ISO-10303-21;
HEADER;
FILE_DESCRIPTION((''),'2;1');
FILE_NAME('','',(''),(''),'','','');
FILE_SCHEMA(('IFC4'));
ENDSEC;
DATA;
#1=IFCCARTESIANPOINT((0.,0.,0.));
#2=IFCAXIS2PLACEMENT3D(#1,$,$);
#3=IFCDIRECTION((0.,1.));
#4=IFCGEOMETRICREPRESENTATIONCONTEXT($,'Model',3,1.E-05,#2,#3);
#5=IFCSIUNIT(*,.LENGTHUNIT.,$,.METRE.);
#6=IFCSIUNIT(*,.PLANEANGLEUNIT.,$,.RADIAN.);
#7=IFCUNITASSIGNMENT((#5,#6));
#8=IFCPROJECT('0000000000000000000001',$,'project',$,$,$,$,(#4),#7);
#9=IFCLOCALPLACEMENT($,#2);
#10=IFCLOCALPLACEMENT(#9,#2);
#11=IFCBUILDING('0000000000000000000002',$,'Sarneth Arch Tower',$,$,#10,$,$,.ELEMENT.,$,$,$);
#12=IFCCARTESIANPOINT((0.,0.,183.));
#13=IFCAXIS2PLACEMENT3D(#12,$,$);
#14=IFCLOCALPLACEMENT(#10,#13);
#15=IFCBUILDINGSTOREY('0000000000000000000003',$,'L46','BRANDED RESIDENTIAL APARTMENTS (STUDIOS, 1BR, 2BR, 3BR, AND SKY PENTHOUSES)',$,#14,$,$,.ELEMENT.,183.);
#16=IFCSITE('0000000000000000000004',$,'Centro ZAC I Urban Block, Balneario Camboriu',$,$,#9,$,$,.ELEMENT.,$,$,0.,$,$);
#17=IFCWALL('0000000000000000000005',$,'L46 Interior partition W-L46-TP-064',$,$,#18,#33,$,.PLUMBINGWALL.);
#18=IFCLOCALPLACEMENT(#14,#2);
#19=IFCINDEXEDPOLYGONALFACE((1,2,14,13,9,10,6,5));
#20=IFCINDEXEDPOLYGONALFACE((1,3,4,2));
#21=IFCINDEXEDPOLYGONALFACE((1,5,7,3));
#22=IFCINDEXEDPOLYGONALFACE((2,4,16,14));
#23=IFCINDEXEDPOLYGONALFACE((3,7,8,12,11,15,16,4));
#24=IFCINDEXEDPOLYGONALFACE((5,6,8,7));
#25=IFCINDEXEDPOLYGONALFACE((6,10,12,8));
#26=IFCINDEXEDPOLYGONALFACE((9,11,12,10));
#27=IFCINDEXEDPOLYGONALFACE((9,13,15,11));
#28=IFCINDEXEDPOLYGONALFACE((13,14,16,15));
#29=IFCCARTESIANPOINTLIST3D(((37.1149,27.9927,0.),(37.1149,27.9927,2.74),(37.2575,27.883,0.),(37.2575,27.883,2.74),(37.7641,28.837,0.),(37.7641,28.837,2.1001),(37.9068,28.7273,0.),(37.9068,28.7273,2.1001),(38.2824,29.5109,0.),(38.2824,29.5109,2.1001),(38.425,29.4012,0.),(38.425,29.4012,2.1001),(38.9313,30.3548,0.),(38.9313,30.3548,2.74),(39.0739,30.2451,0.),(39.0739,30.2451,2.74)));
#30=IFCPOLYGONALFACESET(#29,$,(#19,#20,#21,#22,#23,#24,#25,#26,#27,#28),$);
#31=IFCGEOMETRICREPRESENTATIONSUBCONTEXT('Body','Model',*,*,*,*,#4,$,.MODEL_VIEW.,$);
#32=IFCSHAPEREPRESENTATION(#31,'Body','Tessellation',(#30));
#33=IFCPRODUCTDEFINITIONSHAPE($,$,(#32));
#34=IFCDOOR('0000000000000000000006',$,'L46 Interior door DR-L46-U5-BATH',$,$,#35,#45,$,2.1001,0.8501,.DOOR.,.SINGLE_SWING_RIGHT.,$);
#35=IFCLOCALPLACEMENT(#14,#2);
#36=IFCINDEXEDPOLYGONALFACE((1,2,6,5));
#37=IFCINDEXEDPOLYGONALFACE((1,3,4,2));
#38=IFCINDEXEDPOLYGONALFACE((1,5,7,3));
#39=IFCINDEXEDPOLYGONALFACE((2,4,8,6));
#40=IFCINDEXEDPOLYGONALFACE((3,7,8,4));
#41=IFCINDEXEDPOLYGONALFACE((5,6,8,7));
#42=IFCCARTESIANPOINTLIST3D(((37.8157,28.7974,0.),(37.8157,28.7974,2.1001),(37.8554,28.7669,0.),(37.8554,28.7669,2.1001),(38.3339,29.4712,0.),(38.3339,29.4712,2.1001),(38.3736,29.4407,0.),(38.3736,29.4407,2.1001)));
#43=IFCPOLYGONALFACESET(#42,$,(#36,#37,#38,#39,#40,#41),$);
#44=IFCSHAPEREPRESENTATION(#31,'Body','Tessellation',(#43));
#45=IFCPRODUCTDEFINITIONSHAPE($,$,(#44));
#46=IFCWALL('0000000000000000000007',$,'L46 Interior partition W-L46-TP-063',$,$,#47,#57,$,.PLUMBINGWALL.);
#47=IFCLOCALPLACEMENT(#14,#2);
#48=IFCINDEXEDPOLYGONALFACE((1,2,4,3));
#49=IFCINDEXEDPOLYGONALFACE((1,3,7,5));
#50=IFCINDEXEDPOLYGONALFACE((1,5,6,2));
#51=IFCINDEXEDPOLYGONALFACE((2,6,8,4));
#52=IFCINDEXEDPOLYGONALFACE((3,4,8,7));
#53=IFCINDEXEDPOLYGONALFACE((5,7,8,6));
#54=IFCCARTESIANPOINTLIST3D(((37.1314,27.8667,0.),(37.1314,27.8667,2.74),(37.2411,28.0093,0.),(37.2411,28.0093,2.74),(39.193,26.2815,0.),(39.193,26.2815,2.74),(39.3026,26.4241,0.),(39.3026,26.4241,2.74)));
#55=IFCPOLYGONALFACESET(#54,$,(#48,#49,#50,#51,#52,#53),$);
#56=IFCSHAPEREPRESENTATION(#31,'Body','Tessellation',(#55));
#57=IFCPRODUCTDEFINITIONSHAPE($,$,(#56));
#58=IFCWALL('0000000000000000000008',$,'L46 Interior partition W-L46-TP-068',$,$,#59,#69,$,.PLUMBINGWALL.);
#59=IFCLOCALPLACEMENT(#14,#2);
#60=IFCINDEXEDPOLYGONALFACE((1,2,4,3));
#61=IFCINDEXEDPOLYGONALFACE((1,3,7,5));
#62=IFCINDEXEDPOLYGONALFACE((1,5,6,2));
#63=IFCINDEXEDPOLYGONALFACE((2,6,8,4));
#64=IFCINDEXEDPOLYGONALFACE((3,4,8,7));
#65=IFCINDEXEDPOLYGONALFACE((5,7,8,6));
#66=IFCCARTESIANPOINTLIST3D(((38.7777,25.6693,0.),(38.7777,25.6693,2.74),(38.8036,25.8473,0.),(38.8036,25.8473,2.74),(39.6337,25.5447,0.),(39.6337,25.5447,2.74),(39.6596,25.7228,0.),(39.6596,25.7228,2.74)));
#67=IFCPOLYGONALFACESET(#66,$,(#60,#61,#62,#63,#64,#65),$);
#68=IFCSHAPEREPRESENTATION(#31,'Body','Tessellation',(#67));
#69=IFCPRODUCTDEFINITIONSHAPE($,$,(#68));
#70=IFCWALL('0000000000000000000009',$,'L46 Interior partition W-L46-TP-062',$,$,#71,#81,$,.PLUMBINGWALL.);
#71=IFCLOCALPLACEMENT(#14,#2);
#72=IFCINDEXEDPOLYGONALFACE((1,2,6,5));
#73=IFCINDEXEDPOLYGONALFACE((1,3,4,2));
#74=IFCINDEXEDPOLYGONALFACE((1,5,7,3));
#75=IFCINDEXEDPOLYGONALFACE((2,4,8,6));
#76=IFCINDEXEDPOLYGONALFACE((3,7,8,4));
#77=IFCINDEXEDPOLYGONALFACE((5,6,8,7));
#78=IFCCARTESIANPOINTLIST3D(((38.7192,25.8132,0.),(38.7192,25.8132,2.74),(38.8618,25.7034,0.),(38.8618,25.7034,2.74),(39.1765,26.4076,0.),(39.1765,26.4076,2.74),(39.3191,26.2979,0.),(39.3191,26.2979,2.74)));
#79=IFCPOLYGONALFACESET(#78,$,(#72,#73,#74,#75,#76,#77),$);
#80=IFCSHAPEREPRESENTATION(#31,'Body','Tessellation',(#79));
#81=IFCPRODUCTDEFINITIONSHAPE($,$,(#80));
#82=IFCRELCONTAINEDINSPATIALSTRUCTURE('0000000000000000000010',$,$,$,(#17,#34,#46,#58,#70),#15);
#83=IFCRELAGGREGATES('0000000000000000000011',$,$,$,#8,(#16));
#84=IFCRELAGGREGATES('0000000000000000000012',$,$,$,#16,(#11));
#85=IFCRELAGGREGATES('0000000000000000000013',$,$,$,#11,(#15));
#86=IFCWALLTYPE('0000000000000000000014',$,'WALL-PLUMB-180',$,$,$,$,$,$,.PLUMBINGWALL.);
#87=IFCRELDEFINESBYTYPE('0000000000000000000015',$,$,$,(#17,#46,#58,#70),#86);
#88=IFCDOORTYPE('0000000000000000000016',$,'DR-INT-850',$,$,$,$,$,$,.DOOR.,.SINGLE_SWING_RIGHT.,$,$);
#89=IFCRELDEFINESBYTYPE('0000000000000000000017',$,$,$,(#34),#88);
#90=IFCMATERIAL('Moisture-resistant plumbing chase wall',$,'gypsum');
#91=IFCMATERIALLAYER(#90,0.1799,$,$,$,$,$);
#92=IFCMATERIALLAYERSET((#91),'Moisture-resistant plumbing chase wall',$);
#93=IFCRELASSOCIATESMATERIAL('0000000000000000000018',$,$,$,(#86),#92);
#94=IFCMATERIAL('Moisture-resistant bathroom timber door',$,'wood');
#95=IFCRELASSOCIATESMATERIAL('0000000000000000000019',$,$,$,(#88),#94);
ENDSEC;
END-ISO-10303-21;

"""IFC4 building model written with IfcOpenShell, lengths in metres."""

from ifc_helpers import new_model, si_unit, direction, frame, frame_2d, origin, place, context, subcontext, project, spatial, rectangle, extrude, material, layer, layer_set, type_object, element, fill, save


model = new_model("IFC4")

# Units and contexts
model_context = context("Model", 3, precision=1e-05, world=origin(), true_north=direction((0.0, 1.0)))
body_context = subcontext(model_context, "Body", "Model", "MODEL_VIEW")
ifc_project = project(units=[si_unit("LENGTHUNIT", "METRE"), si_unit("PLANEANGLEUNIT", "RADIAN")], contexts=[model_context])

# Site, building, storey
site_placement = place(None, origin())
site = spatial("IfcSite", under=ifc_project, at=site_placement, Name="Centro ZAC I Urban Block, Balneario Camboriu", CompositionType="ELEMENT", RefElevation=0.0)
building_placement = place(site_placement, origin())
building = spatial("IfcBuilding", under=site, at=building_placement, Name="Sarneth Arch Tower", CompositionType="ELEMENT")
storey_placement = place(building_placement, frame((0.0, 0.0, 183.0)))
storey = spatial("IfcBuildingStorey", under=building, at=storey_placement, Name="L46", Description="BRANDED RESIDENTIAL APARTMENTS (STUDIOS, 1BR, 2BR, 3BR, AND SKY PENTHOUSES)", CompositionType="ELEMENT", Elevation=183.0)

# Shared definitions
ifc_material_1 = material(Name="Moisture-resistant plumbing chase wall", Category="gypsum")
ifc_layer_1 = layer(ifc_material_1, 0.1799)
ifc_layer_set_1 = layer_set([ifc_layer_1], Name="Moisture-resistant plumbing chase wall")
wall_type_1 = type_object("IfcWallType", Name="WALL-PLUMB-180", PredefinedType="PLUMBINGWALL", material=ifc_layer_set_1)

# Wall, opening, door
wall_1_placement = place(storey_placement, frame((37.1863, 27.938, 0.0), z_axis=(0.0, 0.0, 1.0), x_axis=(0.609592, 0.792715, 0.0)))
wall_1 = element("IfcWall", 1, at=wall_1_placement, inside=storey, type_object=wall_type_1, Name="L46 Interior partition W-L46-TP-064", PredefinedType="PLUMBINGWALL", context=body_context, shape_type="SweptSolid", body=[
    extrude(rectangle(XDim=2.9797, YDim=0.1799, at=frame_2d((1.4897, 0.0))), origin(), (0.0, 0.0, 1.0), 2.74),
])
opening_1_placement = place(wall_1_placement, frame((1.0649, 0.0, 0.0)))
opening_1 = element("IfcOpeningElement", 2, at=opening_1_placement, cuts=wall_1, PredefinedType="OPENING", context=body_context, shape_type="SweptSolid", body=[
    extrude(rectangle(XDim=0.8501, YDim=2.1001, at=frame_2d((0.425, 1.05))), frame((0.0, 0.0999, 0.0), z_axis=(0.0, -1.0, 0.0), x_axis=(1.0, 0.0, 0.0)), (0.0, 0.0, 1.0), 0.2),
])
ifc_material_2 = material(Name="Moisture-resistant bathroom timber door", Category="wood")
door_type_1 = type_object("IfcDoorType", Name="DR-INT-850", OperationType="SINGLE_SWING_RIGHT", PredefinedType="DOOR", material=ifc_material_2)
door_1_placement = place(opening_1_placement, origin())
door_1 = element("IfcDoor", 3, at=door_1_placement, inside=storey, type_object=door_type_1, Name="L46 Interior door DR-L46-U5-BATH", OperationType="SINGLE_SWING_RIGHT", OverallHeight=2.1001, OverallWidth=0.8501, PredefinedType="DOOR", context=body_context, shape_type="SweptSolid", body=[
    extrude(rectangle(XDim=0.8501, YDim=2.1001, at=frame_2d((0.425, 1.05))), frame((0.0, 0.0249, 0.0), z_axis=(0.0, -1.0, 0.0), x_axis=(1.0, 0.0, 0.0)), (0.0, 0.0, 1.0), 0.05),
])
fill(opening_1, door_1)

# Walls
wall_2_placement = place(storey_placement, frame((39.2478, 26.3528, 0.0), z_axis=(0.0, 0.0, 1.0), x_axis=(-0.792732, 0.60957, 0.0)))
element("IfcWall", 4, at=wall_2_placement, inside=storey, type_object=wall_type_1, Name="L46 Interior partition W-L46-TP-063", PredefinedType="PLUMBINGWALL", context=body_context, shape_type="SweptSolid", body=[
    extrude(rectangle(XDim=2.6006, YDim=0.1799, at=frame_2d((1.3003, 0.0))), origin(), (0.0, 0.0, 1.0), 2.74),
])
wall_3_placement = place(storey_placement, frame((38.7905, 25.7583, 0.0), z_axis=(0.0, 0.0, 1.0), x_axis=(0.989585, -0.14395, 0.0)))
element("IfcWall", 5, at=wall_3_placement, inside=storey, type_object=wall_type_1, Name="L46 Interior partition W-L46-TP-068", PredefinedType="PLUMBINGWALL", context=body_context, shape_type="SweptSolid", body=[
    extrude(rectangle(XDim=0.865, YDim=0.1799, at=frame_2d((0.4326, 0.0))), origin(), (0.0, 0.0, 1.0), 2.74),
])
wall_4_placement = place(storey_placement, frame((38.7905, 25.7583, 0.0), z_axis=(0.0, 0.0, 1.0), x_axis=(0.609695, 0.792636, 0.0)))
element("IfcWall", 6, at=wall_4_placement, inside=storey, type_object=wall_type_1, Name="L46 Interior partition W-L46-TP-062", PredefinedType="PLUMBINGWALL", context=body_context, shape_type="SweptSolid", body=[
    extrude(rectangle(XDim=0.75, YDim=0.1799, at=frame_2d((0.375, 0.0))), origin(), (0.0, 0.0, 1.0), 2.74),
])

save(model, "model.ifc")
